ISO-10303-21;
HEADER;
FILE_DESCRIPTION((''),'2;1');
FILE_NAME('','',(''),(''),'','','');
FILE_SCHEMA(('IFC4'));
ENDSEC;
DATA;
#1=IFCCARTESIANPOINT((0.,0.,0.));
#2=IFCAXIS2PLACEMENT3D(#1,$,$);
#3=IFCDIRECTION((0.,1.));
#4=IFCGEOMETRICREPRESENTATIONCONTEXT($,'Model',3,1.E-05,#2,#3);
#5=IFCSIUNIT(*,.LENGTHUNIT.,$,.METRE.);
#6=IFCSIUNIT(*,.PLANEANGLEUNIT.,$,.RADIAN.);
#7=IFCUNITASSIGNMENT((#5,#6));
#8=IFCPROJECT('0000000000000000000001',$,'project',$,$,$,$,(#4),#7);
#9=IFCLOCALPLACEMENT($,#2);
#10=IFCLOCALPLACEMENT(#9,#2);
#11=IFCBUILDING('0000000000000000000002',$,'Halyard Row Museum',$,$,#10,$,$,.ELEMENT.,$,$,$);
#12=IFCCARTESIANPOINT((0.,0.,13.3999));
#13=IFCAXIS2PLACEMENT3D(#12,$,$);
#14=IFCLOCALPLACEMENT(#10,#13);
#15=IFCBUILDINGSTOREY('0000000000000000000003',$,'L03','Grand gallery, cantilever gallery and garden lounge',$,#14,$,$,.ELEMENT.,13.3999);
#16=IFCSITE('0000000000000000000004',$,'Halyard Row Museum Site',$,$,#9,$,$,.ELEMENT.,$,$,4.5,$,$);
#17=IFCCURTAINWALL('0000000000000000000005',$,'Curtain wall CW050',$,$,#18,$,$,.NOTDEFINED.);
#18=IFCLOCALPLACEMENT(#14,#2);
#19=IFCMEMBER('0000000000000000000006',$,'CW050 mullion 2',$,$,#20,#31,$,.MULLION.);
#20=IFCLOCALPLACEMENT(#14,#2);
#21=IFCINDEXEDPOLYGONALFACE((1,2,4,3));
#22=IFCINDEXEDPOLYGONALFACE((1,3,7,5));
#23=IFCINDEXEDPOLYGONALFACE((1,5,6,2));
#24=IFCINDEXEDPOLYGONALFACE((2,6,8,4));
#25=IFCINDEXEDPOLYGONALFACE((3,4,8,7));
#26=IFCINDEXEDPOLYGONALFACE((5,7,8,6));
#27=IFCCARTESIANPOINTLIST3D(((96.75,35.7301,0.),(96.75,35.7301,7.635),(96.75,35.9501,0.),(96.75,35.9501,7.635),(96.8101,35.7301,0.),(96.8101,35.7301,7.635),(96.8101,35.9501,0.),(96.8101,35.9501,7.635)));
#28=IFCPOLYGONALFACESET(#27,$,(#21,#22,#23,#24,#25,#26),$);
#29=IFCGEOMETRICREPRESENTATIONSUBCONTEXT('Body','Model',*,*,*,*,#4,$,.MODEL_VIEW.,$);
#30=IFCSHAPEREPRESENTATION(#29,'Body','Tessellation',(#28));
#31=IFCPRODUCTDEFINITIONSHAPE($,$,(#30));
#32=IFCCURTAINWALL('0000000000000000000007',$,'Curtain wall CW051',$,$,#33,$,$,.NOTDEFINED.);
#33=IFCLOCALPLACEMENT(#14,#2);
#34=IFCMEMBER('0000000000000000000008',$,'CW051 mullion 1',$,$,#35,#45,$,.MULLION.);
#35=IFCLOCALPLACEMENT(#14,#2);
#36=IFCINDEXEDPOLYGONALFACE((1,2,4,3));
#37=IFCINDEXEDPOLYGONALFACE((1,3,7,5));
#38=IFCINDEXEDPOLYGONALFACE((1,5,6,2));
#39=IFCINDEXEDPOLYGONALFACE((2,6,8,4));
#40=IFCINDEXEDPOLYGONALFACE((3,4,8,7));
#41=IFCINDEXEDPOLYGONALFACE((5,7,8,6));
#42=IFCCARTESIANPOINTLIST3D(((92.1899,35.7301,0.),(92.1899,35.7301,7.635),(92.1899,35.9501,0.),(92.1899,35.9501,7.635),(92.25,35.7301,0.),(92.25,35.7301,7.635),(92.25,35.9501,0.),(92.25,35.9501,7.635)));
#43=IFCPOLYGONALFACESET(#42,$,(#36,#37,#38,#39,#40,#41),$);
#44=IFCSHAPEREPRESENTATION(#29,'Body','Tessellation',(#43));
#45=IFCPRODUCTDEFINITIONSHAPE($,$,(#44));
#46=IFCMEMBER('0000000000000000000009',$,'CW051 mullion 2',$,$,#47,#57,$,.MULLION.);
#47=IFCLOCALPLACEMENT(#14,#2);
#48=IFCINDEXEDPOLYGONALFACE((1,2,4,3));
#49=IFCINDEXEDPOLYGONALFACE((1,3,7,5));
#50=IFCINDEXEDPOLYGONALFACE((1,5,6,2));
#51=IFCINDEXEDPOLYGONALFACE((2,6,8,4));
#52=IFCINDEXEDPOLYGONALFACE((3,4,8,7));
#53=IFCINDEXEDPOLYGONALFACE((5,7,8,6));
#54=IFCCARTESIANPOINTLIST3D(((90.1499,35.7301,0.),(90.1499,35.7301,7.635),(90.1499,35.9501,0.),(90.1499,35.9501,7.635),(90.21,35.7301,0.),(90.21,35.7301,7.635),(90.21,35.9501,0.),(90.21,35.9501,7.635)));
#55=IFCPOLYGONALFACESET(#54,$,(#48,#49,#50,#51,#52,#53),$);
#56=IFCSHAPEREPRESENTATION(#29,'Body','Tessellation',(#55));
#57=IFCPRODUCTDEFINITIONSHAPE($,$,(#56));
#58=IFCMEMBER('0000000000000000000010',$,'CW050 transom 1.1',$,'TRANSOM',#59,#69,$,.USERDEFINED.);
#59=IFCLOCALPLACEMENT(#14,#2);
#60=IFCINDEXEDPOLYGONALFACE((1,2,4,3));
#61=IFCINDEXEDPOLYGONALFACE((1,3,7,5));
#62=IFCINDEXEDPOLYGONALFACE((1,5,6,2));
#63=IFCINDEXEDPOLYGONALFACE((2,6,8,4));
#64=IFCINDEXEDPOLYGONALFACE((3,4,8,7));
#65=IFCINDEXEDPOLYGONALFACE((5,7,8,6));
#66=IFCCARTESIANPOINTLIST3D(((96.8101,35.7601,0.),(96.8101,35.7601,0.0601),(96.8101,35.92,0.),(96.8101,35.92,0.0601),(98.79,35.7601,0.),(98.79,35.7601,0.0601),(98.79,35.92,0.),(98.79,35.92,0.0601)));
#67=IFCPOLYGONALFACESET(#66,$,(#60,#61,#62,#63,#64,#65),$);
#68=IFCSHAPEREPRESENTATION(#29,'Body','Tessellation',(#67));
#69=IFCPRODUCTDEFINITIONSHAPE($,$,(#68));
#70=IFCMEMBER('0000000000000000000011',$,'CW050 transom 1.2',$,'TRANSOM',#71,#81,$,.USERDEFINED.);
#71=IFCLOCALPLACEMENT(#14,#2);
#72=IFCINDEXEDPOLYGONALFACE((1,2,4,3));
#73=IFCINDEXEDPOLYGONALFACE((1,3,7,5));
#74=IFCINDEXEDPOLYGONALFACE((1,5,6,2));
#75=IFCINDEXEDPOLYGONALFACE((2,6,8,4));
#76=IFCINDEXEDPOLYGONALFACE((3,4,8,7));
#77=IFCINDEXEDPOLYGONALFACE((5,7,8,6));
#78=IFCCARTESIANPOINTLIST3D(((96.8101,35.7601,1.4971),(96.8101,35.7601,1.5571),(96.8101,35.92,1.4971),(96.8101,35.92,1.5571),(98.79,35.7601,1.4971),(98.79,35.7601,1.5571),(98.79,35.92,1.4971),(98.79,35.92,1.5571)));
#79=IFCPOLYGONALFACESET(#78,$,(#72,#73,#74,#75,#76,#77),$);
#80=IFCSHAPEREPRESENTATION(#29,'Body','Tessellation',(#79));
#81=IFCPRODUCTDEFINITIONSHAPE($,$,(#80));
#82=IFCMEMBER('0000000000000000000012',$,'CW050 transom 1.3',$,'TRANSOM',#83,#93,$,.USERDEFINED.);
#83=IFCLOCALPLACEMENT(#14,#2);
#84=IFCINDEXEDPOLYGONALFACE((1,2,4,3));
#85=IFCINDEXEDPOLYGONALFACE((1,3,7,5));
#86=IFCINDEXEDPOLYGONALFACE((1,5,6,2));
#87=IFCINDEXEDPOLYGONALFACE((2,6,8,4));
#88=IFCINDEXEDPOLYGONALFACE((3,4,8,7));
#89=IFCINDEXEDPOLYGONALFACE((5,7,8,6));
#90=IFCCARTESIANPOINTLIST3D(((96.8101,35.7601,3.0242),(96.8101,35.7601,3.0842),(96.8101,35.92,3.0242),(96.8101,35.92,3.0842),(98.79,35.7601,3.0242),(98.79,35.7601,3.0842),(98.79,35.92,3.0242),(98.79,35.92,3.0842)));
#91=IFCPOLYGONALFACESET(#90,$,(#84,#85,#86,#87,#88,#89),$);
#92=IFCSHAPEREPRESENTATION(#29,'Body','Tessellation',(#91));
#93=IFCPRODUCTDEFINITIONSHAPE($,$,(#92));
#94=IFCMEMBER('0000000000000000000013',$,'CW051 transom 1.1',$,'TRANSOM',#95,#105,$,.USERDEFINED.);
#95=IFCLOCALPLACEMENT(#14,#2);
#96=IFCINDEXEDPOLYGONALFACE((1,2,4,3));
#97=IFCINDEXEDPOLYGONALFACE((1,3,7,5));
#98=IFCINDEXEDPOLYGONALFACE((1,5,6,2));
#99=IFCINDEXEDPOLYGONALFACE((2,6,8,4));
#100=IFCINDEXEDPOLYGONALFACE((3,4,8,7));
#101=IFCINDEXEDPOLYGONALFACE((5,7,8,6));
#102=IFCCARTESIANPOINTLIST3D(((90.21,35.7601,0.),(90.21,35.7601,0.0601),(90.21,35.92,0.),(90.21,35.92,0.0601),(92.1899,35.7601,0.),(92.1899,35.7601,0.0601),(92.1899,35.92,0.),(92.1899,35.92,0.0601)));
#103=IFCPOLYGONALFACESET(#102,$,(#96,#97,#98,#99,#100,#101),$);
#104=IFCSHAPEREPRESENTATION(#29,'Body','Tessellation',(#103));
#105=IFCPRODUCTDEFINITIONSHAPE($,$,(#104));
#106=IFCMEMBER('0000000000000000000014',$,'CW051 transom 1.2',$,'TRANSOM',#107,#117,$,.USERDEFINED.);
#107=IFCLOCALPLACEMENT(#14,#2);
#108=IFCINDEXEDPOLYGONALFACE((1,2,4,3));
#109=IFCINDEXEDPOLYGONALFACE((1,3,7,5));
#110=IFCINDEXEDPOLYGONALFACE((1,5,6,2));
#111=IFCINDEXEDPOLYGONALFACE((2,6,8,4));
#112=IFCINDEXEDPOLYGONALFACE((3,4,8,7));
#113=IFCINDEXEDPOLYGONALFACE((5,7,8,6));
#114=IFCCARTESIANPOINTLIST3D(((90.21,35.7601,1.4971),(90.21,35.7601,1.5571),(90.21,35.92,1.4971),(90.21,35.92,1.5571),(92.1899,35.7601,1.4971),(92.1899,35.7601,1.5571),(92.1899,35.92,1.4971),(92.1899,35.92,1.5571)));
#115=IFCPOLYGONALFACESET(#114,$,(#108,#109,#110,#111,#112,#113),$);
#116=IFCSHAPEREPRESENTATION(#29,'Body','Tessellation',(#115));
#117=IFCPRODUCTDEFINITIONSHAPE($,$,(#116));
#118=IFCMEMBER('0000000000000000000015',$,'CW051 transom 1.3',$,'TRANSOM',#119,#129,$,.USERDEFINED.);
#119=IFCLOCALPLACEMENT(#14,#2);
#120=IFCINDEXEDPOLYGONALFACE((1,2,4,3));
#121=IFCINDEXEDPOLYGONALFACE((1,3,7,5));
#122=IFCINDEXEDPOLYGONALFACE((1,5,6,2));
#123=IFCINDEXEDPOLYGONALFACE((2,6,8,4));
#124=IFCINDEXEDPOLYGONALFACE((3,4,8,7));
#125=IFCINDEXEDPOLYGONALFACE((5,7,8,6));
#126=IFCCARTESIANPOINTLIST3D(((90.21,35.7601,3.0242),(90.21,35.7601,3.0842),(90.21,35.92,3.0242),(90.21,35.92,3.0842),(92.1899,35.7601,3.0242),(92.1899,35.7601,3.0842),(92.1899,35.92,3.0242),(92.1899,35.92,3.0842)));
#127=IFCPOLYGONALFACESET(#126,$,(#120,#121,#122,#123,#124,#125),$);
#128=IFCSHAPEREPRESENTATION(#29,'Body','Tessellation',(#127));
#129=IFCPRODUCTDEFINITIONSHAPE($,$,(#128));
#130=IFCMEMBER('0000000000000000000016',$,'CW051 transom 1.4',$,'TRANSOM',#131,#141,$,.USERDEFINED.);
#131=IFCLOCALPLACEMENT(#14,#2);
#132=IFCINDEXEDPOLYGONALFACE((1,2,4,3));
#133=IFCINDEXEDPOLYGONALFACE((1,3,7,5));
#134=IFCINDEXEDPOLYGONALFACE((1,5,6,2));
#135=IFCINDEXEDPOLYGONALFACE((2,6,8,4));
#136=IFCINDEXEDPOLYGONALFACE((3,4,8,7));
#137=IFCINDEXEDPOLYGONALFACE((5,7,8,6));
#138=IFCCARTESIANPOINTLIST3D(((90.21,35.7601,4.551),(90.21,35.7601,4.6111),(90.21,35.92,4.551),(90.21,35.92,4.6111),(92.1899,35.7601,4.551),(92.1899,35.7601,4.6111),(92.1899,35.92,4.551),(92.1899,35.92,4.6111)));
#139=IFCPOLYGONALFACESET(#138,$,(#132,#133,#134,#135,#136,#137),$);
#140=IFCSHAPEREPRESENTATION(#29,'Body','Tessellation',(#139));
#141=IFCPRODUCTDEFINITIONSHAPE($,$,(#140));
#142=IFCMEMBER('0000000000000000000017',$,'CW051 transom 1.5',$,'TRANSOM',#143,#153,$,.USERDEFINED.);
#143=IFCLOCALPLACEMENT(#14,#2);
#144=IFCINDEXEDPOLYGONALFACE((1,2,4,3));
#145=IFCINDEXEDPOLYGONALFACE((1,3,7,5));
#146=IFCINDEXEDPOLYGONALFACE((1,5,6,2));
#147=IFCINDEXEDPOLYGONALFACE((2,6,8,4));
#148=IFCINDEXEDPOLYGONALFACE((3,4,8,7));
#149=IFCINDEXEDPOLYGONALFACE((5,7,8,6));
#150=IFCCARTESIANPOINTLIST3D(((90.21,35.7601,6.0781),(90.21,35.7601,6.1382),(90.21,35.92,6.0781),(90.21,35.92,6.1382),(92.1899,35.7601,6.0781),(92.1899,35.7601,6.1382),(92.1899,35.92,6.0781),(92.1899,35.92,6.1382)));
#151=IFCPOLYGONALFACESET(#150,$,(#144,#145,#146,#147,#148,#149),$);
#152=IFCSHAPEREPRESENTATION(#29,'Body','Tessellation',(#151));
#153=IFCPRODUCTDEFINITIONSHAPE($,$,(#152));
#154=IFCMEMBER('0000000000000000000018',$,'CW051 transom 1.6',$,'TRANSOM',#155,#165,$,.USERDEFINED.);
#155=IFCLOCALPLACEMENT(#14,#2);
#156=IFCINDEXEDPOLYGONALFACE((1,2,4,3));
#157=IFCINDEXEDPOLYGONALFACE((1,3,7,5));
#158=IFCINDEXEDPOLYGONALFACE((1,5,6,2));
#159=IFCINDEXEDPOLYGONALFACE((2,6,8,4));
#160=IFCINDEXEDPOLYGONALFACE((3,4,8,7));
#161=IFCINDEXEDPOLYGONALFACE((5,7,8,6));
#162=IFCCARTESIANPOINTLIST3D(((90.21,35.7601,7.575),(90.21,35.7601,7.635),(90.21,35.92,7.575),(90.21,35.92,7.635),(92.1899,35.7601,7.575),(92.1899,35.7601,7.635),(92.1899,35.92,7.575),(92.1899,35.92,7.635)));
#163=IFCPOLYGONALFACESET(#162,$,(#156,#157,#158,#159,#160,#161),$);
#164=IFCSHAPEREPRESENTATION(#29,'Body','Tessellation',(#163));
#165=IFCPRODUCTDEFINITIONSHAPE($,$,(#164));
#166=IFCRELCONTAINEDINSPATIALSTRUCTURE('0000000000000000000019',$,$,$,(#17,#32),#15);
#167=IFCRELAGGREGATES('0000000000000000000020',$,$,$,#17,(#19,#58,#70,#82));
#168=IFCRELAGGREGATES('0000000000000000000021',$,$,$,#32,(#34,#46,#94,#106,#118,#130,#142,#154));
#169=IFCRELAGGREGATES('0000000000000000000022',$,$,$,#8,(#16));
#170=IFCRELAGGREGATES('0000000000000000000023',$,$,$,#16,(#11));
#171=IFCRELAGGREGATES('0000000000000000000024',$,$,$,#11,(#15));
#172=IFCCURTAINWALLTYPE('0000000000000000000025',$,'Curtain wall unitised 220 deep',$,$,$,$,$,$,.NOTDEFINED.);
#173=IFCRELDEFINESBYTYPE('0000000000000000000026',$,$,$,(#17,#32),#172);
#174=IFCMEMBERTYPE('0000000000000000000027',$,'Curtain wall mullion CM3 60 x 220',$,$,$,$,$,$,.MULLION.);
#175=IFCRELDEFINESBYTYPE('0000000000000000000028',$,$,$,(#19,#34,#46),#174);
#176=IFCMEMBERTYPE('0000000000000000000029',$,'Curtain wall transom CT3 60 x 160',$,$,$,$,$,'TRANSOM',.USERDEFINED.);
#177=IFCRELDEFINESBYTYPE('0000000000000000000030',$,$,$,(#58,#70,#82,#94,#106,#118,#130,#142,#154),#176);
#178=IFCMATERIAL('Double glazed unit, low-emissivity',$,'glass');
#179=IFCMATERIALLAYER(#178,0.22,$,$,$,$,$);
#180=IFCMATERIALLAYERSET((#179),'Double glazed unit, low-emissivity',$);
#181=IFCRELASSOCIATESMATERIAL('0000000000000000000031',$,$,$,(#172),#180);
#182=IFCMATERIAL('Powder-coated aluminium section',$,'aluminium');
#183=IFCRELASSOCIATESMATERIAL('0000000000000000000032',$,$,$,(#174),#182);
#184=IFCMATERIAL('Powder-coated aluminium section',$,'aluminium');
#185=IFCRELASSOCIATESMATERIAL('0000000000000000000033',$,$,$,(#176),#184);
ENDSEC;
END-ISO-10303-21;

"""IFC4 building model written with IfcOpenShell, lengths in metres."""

from ifc_helpers import new_model, si_unit, direction, frame, origin, origin_2d, place, context, subcontext, project, spatial, rectangle, extrude, material, layer, layer_set, material_profile, profile_set, type_object, element, aggregate, save


model = new_model("IFC4")

# Units and contexts
model_context = context("Model", 3, precision=1e-05, world=origin(), true_north=direction((0.0, 1.0)))
body_context = subcontext(model_context, "Body", "Model", "MODEL_VIEW")
ifc_project = project(units=[si_unit("LENGTHUNIT", "METRE"), si_unit("PLANEANGLEUNIT", "RADIAN")], contexts=[model_context])

# Site, building, storey
site_placement = place(None, origin())
site = spatial("IfcSite", under=ifc_project, at=site_placement, Name="Halyard Row Museum Site", CompositionType="ELEMENT", RefElevation=4.5)
building_placement = place(site_placement, origin())
building = spatial("IfcBuilding", under=site, at=building_placement, Name="Halyard Row Museum", CompositionType="ELEMENT")
storey_placement = place(building_placement, frame((0.0, 0.0, 13.3999)))
storey = spatial("IfcBuildingStorey", under=building, at=storey_placement, Name="L03", Description="Grand gallery, cantilever gallery and garden lounge", CompositionType="ELEMENT", Elevation=13.3999)

# Curtain wall, member
ifc_material_1 = material(Name="Double glazed unit, low-emissivity", Category="glass")
ifc_layer_1 = layer(ifc_material_1, 0.22)
ifc_layer_set_1 = layer_set([ifc_layer_1], Name="Double glazed unit, low-emissivity")
curtain_wall_type = type_object("IfcCurtainWallType", Name="Curtain wall unitised 220 deep", PredefinedType="NOTDEFINED", material=ifc_layer_set_1)
curtain_wall_1_placement = place(storey_placement, origin())
curtain_wall_1 = element("IfcCurtainWall", 1, at=curtain_wall_1_placement, inside=storey, type_object=curtain_wall_type, Name="Curtain wall CW050", PredefinedType="NOTDEFINED")
ifc_material_2 = material(Name="Powder-coated aluminium section", Category="aluminium")
ifc_material_profile_1 = material_profile(ifc_material_2, rectangle(XDim=0.22, YDim=0.0601, at=origin_2d()), Name="220x60 mullion")
ifc_profile_set_1 = profile_set([ifc_material_profile_1], Name="Powder-coated aluminium section")
member_type_1 = type_object("IfcMemberType", Name="Curtain wall mullion CM3 60 x 220", PredefinedType="MULLION", material=ifc_profile_set_1)
member_1_placement = place(storey_placement, frame((96.78, 35.8401, 0.0), z_axis=(0.0, 0.0, 1.0), x_axis=(0.0, -1.0, 0.0)))
member_1 = element("IfcMember", 2, at=member_1_placement, type_object=member_type_1, Name="CW050 mullion 2", PredefinedType="MULLION", context=body_context, shape_type="SweptSolid", body=[
    extrude(rectangle(XDim=0.22, YDim=0.0601, at=origin_2d()), origin(), (0.0, 0.0, 1.0), 7.635),
])

# Curtain wall, members
curtain_wall_2_placement = place(storey_placement, origin())
curtain_wall_2 = element("IfcCurtainWall", 3, at=curtain_wall_2_placement, inside=storey, type_object=curtain_wall_type, Name="Curtain wall CW051", PredefinedType="NOTDEFINED")
member_2_placement = place(storey_placement, frame((92.22, 35.8401, 0.0), z_axis=(0.0, 0.0, 1.0), x_axis=(0.0, -1.0, 0.0)))
member_2 = element("IfcMember", 4, at=member_2_placement, type_object=member_type_1, Name="CW051 mullion 1", PredefinedType="MULLION", context=body_context, shape_type="SweptSolid", body=[
    extrude(rectangle(XDim=0.22, YDim=0.0601, at=origin_2d()), origin(), (0.0, 0.0, 1.0), 7.635),
])
member_3_placement = place(storey_placement, frame((90.1799, 35.8401, 0.0), z_axis=(0.0, 0.0, 1.0), x_axis=(0.0, -1.0, 0.0)))
member_3 = element("IfcMember", 5, at=member_3_placement, type_object=member_type_1, Name="CW051 mullion 2", PredefinedType="MULLION", context=body_context, shape_type="SweptSolid", body=[
    extrude(rectangle(XDim=0.22, YDim=0.0601, at=origin_2d()), origin(), (0.0, 0.0, 1.0), 7.635),
])

# Members
ifc_material_3 = material(Name="Powder-coated aluminium section", Category="aluminium")
ifc_material_profile_2 = material_profile(ifc_material_3, rectangle(XDim=0.1599, YDim=0.0601, at=origin_2d()), Name="160x60 transom")
ifc_profile_set_2 = profile_set([ifc_material_profile_2], Name="Powder-coated aluminium section")
member_type_2 = type_object("IfcMemberType", Name="Curtain wall transom CT3 60 x 160", ElementType="TRANSOM", PredefinedType="USERDEFINED", material=ifc_profile_set_2)
member_4_placement = place(storey_placement, frame((98.79, 35.8401, 0.03), z_axis=(-1.0, 0.0, 0.0), x_axis=(0.0, -1.0, 0.0)))
member_4 = element("IfcMember", 6, at=member_4_placement, type_object=member_type_2, Name="CW050 transom 1.1", ObjectType="TRANSOM", PredefinedType="USERDEFINED", context=body_context, shape_type="SweptSolid", body=[
    extrude(rectangle(XDim=0.1599, YDim=0.0601, at=origin_2d()), origin(), (0.0, 0.0, 1.0), 1.98),
])
member_5_placement = place(storey_placement, frame((98.79, 35.8401, 1.5271), z_axis=(-1.0, 0.0, 0.0), x_axis=(0.0, -1.0, 0.0)))
member_5 = element("IfcMember", 7, at=member_5_placement, type_object=member_type_2, Name="CW050 transom 1.2", ObjectType="TRANSOM", PredefinedType="USERDEFINED", context=body_context, shape_type="SweptSolid", body=[
    extrude(rectangle(XDim=0.1599, YDim=0.0601, at=origin_2d()), origin(), (0.0, 0.0, 1.0), 1.98),
])
member_6_placement = place(storey_placement, frame((98.79, 35.8401, 3.0542), z_axis=(-1.0, 0.0, 0.0), x_axis=(0.0, -1.0, 0.0)))
member_6 = element("IfcMember", 8, at=member_6_placement, type_object=member_type_2, Name="CW050 transom 1.3", ObjectType="TRANSOM", PredefinedType="USERDEFINED", context=body_context, shape_type="SweptSolid", body=[
    extrude(rectangle(XDim=0.1599, YDim=0.0601, at=origin_2d()), origin(), (0.0, 0.0, 1.0), 1.98),
])
member_7_placement = place(storey_placement, frame((92.1899, 35.8401, 0.03), z_axis=(-1.0, 0.0, 0.0), x_axis=(0.0, -1.0, 0.0)))
member_7 = element("IfcMember", 9, at=member_7_placement, type_object=member_type_2, Name="CW051 transom 1.1", ObjectType="TRANSOM", PredefinedType="USERDEFINED", context=body_context, shape_type="SweptSolid", body=[
    extrude(rectangle(XDim=0.1599, YDim=0.0601, at=origin_2d()), origin(), (0.0, 0.0, 1.0), 1.98),
])
member_8_placement = place(storey_placement, frame((92.1899, 35.8401, 1.5271), z_axis=(-1.0, 0.0, 0.0), x_axis=(0.0, -1.0, 0.0)))
member_8 = element("IfcMember", 10, at=member_8_placement, type_object=member_type_2, Name="CW051 transom 1.2", ObjectType="TRANSOM", PredefinedType="USERDEFINED", context=body_context, shape_type="SweptSolid", body=[
    extrude(rectangle(XDim=0.1599, YDim=0.0601, at=origin_2d()), origin(), (0.0, 0.0, 1.0), 1.98),
])
member_9_placement = place(storey_placement, frame((92.1899, 35.8401, 3.0542), z_axis=(-1.0, 0.0, 0.0), x_axis=(0.0, -1.0, 0.0)))
member_9 = element("IfcMember", 11, at=member_9_placement, type_object=member_type_2, Name="CW051 transom 1.3", ObjectType="TRANSOM", PredefinedType="USERDEFINED", context=body_context, shape_type="SweptSolid", body=[
    extrude(rectangle(XDim=0.1599, YDim=0.0601, at=origin_2d()), origin(), (0.0, 0.0, 1.0), 1.98),
])
member_10_placement = place(storey_placement, frame((92.1899, 35.8401, 4.5811), z_axis=(-1.0, 0.0, 0.0), x_axis=(0.0, -1.0, 0.0)))
member_10 = element("IfcMember", 12, at=member_10_placement, type_object=member_type_2, Name="CW051 transom 1.4", ObjectType="TRANSOM", PredefinedType="USERDEFINED", context=body_context, shape_type="SweptSolid", body=[
    extrude(rectangle(XDim=0.1599, YDim=0.0601, at=origin_2d()), origin(), (0.0, 0.0, 1.0), 1.98),
])
member_11_placement = place(storey_placement, frame((92.1899, 35.8401, 6.1082), z_axis=(-1.0, 0.0, 0.0), x_axis=(0.0, -1.0, 0.0)))
member_11 = element("IfcMember", 13, at=member_11_placement, type_object=member_type_2, Name="CW051 transom 1.5", ObjectType="TRANSOM", PredefinedType="USERDEFINED", context=body_context, shape_type="SweptSolid", body=[
    extrude(rectangle(XDim=0.1599, YDim=0.0601, at=origin_2d()), origin(), (0.0, 0.0, 1.0), 1.98),
])
member_12_placement = place(storey_placement, frame((92.1899, 35.8401, 7.605), z_axis=(-1.0, 0.0, 0.0), x_axis=(0.0, -1.0, 0.0)))
member_12 = element("IfcMember", 14, at=member_12_placement, type_object=member_type_2, Name="CW051 transom 1.6", ObjectType="TRANSOM", PredefinedType="USERDEFINED", context=body_context, shape_type="SweptSolid", body=[
    extrude(rectangle(XDim=0.1599, YDim=0.0601, at=origin_2d()), origin(), (0.0, 0.0, 1.0), 1.98),
])

aggregate(curtain_wall_1, [member_1, member_4, member_5, member_6])
aggregate(curtain_wall_2, [member_2, member_3, member_7, member_8, member_9, member_10, member_11, member_12])

save(model, "model.ifc")
